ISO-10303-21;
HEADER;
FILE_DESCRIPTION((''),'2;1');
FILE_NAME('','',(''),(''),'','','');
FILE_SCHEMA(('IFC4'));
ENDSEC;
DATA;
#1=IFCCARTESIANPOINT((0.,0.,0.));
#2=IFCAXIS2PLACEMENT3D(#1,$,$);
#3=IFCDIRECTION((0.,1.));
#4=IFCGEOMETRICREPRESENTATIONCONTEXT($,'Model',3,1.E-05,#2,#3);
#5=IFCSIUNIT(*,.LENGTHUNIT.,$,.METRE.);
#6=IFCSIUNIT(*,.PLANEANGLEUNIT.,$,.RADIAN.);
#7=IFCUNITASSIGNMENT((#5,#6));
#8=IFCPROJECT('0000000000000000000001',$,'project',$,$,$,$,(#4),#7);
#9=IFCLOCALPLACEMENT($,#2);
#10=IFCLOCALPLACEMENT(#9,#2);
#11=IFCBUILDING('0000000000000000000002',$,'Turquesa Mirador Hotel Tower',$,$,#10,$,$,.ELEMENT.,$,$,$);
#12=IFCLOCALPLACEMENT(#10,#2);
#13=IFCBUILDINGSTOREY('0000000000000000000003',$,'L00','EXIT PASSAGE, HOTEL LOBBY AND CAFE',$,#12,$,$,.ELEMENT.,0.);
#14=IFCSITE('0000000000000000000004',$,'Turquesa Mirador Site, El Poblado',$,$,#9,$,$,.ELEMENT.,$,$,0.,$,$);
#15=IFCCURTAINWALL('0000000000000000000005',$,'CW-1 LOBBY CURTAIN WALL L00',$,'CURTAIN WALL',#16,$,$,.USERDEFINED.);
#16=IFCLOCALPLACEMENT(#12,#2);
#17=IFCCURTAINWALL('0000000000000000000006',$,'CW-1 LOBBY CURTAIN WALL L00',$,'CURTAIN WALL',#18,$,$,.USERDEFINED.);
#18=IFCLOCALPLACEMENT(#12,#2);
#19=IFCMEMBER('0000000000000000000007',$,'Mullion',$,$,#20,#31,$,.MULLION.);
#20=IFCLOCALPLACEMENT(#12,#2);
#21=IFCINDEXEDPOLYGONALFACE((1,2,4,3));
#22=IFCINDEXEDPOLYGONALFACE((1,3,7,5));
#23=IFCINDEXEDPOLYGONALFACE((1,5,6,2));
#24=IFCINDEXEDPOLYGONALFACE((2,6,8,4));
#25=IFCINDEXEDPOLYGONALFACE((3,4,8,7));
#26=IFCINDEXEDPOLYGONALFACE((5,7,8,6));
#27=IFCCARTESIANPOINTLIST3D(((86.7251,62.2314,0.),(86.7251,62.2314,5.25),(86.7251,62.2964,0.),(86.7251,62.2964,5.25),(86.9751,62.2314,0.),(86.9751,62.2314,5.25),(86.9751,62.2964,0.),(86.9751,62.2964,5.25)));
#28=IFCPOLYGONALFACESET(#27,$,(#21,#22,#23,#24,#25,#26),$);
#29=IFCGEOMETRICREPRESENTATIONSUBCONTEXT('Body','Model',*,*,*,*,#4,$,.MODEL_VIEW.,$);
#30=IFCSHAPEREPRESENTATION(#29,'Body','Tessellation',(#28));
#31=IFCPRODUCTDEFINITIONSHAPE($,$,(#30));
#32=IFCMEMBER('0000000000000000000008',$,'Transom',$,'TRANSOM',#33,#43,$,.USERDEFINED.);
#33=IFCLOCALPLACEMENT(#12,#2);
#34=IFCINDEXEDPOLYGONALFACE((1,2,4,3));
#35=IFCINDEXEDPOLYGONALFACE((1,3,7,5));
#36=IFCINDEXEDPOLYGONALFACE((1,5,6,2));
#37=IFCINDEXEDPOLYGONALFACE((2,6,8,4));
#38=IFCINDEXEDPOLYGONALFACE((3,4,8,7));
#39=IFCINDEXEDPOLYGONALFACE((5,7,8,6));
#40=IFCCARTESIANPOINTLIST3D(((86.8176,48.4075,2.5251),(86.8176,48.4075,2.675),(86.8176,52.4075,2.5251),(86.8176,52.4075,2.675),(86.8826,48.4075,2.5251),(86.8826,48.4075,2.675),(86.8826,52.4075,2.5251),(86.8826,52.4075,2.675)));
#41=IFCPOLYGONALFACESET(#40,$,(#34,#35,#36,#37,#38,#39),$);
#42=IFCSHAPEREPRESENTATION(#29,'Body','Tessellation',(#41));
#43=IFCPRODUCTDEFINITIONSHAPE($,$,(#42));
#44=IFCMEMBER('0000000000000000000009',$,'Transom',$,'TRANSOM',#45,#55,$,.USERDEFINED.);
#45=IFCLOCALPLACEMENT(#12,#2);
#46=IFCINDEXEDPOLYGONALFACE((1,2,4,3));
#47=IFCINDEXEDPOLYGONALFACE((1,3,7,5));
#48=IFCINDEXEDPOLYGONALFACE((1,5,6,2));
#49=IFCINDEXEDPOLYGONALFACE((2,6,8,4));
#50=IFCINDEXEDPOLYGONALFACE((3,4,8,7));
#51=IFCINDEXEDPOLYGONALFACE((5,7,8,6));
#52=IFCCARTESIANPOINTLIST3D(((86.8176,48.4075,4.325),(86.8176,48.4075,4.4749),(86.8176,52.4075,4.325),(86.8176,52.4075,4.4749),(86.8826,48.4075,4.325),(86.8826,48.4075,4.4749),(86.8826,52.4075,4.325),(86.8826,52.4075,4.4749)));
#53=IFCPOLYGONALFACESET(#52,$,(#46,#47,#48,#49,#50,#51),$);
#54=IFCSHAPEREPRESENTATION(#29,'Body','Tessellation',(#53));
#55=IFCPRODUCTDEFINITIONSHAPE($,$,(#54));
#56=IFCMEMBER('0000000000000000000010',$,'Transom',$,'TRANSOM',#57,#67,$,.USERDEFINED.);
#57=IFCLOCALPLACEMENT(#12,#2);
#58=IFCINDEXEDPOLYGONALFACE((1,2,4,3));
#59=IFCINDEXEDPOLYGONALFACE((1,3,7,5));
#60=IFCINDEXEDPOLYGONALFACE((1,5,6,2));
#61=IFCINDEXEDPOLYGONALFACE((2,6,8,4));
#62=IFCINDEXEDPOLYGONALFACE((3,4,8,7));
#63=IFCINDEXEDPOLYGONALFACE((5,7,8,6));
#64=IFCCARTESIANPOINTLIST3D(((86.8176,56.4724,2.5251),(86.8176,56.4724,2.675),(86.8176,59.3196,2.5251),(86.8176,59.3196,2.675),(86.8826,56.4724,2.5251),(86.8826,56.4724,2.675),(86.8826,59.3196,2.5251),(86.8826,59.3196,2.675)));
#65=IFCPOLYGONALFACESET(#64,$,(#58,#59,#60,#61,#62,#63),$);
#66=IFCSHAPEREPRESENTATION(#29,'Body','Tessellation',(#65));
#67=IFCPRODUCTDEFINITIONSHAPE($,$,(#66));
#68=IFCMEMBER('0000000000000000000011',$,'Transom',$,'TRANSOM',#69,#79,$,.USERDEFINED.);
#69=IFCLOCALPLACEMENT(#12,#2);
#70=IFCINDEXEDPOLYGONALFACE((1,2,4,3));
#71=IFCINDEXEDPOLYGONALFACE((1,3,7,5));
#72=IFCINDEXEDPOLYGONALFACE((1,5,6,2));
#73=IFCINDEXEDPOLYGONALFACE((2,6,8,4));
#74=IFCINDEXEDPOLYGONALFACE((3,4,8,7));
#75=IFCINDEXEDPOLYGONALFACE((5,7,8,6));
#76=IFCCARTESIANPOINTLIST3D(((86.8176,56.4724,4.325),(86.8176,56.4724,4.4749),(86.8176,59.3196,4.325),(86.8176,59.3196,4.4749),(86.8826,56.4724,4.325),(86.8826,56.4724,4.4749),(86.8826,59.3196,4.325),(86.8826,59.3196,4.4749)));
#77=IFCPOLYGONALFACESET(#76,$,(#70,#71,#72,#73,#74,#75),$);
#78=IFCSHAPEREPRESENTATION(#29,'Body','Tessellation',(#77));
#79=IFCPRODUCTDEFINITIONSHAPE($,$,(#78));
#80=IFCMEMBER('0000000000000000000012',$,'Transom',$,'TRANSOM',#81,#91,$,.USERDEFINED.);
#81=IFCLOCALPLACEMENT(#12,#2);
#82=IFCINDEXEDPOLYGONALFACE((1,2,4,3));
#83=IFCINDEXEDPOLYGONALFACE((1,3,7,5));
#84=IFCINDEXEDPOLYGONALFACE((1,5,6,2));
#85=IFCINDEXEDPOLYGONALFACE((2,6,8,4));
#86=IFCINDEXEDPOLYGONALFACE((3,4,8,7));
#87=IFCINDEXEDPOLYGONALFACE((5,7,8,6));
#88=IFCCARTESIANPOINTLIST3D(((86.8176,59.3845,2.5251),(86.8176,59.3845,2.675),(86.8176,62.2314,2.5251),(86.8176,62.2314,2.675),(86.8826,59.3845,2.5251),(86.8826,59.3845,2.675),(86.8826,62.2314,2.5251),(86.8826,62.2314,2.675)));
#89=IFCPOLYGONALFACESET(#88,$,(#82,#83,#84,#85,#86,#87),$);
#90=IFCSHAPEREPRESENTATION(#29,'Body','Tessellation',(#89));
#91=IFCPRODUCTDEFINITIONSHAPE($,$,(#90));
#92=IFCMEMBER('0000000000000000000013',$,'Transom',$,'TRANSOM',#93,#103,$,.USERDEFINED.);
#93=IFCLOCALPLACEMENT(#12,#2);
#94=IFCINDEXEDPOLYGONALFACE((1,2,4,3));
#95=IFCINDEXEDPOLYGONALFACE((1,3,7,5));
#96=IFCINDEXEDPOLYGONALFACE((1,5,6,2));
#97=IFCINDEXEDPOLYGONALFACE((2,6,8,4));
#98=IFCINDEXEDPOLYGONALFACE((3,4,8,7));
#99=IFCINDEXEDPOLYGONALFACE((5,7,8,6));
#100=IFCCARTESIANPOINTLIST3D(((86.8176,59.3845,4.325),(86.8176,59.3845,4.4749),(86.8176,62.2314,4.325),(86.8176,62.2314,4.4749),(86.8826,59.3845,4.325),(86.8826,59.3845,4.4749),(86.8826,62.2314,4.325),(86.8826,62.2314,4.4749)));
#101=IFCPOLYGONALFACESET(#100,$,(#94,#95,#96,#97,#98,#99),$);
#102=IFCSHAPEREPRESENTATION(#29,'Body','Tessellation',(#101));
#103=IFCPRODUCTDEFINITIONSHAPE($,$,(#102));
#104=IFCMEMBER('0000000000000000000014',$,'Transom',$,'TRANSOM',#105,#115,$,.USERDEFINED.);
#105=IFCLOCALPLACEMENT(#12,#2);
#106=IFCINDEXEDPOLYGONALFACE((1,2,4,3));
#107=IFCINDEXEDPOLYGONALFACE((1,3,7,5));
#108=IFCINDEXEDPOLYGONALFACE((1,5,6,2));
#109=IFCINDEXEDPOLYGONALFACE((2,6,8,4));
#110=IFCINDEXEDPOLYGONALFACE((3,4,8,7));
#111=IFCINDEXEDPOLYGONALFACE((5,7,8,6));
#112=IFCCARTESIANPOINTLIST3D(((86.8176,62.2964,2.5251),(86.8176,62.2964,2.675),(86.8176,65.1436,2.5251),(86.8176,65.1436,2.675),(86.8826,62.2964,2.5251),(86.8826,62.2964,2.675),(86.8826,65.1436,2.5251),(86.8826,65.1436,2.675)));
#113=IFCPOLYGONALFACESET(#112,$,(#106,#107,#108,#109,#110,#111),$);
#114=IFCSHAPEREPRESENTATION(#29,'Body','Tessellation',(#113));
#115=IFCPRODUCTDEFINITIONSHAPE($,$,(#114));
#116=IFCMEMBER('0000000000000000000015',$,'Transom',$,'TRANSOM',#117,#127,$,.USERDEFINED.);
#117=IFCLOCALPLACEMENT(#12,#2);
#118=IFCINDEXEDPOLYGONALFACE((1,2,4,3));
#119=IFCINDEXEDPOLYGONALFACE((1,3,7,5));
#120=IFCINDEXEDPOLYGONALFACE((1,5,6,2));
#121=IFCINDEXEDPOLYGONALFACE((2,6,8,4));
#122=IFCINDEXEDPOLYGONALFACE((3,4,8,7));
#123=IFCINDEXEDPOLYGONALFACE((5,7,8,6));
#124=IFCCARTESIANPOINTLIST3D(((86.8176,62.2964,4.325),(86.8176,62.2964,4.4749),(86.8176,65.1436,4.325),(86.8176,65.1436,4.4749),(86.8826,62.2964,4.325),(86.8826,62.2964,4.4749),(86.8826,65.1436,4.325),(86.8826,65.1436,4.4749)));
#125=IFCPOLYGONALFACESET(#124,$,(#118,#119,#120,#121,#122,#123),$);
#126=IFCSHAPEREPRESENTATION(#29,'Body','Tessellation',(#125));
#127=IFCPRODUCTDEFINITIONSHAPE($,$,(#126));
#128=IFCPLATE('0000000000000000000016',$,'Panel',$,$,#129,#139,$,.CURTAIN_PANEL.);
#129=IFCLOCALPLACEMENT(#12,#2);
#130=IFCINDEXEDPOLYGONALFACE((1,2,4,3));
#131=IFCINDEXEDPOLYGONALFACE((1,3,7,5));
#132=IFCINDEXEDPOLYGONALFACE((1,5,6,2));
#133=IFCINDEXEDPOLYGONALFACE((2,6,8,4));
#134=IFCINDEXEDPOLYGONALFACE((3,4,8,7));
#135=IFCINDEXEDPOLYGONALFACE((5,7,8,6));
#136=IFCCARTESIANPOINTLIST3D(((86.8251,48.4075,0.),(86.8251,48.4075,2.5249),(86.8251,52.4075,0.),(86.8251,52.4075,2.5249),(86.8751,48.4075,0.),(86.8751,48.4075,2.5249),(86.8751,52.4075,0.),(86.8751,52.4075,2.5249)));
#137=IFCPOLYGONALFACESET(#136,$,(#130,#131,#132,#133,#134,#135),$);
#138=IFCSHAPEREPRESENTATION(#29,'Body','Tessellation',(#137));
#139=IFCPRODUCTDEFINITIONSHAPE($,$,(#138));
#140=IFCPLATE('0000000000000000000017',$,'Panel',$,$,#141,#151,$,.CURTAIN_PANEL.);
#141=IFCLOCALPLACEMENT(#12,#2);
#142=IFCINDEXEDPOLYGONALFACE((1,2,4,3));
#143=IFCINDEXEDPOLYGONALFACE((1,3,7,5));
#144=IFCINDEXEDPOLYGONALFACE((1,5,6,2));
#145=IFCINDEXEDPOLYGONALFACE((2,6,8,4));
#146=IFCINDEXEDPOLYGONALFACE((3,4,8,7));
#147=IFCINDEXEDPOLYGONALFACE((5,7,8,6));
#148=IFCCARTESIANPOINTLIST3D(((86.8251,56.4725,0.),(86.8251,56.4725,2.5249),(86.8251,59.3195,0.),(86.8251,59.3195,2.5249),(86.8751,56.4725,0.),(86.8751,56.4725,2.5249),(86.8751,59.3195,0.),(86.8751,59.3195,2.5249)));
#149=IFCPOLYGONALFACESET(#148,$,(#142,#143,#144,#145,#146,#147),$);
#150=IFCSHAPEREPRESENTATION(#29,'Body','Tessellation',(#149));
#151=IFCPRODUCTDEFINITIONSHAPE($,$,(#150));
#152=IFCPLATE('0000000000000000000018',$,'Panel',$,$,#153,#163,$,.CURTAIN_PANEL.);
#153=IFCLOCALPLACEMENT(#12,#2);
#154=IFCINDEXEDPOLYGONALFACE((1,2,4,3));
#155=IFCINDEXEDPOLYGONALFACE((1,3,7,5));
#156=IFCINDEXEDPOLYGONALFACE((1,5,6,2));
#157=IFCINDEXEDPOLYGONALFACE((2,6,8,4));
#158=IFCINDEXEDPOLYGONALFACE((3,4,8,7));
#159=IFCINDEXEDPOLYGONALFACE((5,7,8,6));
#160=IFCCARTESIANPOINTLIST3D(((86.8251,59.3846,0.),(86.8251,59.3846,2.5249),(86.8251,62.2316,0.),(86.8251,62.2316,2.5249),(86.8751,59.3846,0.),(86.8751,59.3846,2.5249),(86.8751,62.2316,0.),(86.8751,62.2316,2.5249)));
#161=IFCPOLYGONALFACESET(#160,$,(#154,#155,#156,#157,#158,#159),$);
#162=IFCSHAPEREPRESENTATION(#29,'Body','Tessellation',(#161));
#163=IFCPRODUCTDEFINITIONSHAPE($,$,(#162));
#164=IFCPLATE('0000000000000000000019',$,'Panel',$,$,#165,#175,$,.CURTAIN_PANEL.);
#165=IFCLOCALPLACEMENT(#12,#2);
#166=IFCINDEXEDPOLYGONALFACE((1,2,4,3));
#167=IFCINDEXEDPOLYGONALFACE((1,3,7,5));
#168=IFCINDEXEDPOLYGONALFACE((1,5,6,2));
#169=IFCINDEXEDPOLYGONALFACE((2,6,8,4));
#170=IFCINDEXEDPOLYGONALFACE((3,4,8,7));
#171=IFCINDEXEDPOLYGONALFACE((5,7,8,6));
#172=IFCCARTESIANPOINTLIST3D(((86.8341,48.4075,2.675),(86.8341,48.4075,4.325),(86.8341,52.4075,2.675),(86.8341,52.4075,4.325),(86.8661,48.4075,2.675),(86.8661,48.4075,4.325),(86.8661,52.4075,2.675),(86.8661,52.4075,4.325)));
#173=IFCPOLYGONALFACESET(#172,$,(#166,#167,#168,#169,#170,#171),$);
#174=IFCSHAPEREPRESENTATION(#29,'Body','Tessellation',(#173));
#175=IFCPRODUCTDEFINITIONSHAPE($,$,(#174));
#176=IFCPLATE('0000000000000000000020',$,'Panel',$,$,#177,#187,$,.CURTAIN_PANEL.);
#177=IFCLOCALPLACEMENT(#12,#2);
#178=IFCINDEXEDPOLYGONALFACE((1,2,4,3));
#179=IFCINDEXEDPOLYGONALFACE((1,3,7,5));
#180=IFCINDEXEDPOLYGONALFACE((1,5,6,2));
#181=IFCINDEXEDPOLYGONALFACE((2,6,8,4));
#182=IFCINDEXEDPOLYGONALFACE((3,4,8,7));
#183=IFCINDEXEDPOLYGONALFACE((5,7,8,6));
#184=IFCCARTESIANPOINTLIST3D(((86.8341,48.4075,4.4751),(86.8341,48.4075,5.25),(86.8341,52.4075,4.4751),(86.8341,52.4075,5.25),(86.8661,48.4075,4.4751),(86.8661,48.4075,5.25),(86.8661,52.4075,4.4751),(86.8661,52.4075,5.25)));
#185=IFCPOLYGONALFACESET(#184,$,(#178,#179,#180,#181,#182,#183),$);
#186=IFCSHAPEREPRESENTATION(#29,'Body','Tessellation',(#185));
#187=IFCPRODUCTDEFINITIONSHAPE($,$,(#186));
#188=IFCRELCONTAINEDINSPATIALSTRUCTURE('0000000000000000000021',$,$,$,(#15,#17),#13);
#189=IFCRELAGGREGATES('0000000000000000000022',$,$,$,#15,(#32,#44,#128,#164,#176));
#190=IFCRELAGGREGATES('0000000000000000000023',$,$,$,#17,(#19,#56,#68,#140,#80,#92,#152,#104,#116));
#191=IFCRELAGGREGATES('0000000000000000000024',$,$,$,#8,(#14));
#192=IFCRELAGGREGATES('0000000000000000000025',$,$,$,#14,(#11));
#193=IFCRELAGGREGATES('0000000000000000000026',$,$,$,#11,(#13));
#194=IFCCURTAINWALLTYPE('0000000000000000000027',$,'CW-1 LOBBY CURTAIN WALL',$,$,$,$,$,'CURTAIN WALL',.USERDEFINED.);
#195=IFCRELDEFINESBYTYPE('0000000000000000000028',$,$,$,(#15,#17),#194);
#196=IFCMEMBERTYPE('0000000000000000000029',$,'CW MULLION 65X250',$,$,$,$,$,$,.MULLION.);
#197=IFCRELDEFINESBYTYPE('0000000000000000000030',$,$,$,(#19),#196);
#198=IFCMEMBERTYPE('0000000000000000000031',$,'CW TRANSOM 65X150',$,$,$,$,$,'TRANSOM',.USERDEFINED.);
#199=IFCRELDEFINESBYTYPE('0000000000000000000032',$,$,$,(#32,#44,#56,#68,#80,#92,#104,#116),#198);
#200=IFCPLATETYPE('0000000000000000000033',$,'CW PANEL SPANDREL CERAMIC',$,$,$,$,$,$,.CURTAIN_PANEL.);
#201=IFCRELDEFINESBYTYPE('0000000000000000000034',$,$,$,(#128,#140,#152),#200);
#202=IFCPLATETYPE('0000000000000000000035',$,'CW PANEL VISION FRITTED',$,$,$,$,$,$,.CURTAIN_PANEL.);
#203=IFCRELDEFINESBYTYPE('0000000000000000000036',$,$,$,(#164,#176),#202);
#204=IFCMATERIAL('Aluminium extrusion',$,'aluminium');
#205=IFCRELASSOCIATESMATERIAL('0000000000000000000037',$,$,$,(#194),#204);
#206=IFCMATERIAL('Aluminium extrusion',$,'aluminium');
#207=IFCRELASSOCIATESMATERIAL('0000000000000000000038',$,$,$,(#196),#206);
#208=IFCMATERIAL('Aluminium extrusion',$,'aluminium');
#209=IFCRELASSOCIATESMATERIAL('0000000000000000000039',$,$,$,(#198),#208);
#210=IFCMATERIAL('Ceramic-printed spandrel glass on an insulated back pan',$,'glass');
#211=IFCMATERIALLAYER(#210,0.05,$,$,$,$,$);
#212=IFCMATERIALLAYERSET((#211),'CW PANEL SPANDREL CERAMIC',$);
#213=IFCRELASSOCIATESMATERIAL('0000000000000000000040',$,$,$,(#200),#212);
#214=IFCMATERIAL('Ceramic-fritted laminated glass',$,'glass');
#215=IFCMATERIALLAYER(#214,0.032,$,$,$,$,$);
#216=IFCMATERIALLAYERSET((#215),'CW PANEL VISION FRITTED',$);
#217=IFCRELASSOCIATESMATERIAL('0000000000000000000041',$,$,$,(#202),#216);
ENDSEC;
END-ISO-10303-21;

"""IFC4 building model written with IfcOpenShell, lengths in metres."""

from ifc_helpers import new_model, si_unit, direction, frame, origin, origin_2d, place, context, subcontext, project, spatial, rectangle, extrude, material, layer, layer_set, material_profile, profile_set, type_object, element, aggregate, save


model = new_model("IFC4")

# Units and contexts
model_context = context("Model", 3, precision=1e-05, world=origin(), true_north=direction((0.0, 1.0)))
body_context = subcontext(model_context, "Body", "Model", "MODEL_VIEW")
ifc_project = project(units=[si_unit("LENGTHUNIT", "METRE"), si_unit("PLANEANGLEUNIT", "RADIAN")], contexts=[model_context])

# Site, building, storey
site_placement = place(None, origin())
site = spatial("IfcSite", under=ifc_project, at=site_placement, Name="Turquesa Mirador Site, El Poblado", CompositionType="ELEMENT", RefElevation=0.0)
building_placement = place(site_placement, origin())
building = spatial("IfcBuilding", under=site, at=building_placement, Name="Turquesa Mirador Hotel Tower", CompositionType="ELEMENT")
storey_placement = place(building_placement, origin())
storey = spatial("IfcBuildingStorey", under=building, at=storey_placement, Name="L00", Description="EXIT PASSAGE, HOTEL LOBBY AND CAFE", CompositionType="ELEMENT", Elevation=0.0)

# Shared definitions
ifc_material_1 = material(Name="Aluminium extrusion", Category="aluminium")
curtain_wall_type = type_object("IfcCurtainWallType", Name="CW-1 LOBBY CURTAIN WALL", ElementType="CURTAIN WALL", PredefinedType="USERDEFINED", material=ifc_material_1)
ifc_material_2 = material(Name="Aluminium extrusion", Category="aluminium")
ifc_material_profile_1 = material_profile(ifc_material_2, rectangle(XDim=0.0649, YDim=0.25, at=origin_2d()), Name="MULLION 65X250")
ifc_profile_set_1 = profile_set([ifc_material_profile_1], Name="Aluminium extrusion")
member_type_1 = type_object("IfcMemberType", Name="CW MULLION 65X250", PredefinedType="MULLION", material=ifc_profile_set_1)

# Curtain walls, member
curtain_wall_1_placement = place(storey_placement, origin())
curtain_wall_1 = element("IfcCurtainWall", 1, at=curtain_wall_1_placement, inside=storey, type_object=curtain_wall_type, Name="CW-1 LOBBY CURTAIN WALL L00", ObjectType="CURTAIN WALL", PredefinedType="USERDEFINED")
curtain_wall_2_placement = place(storey_placement, origin())
curtain_wall_2 = element("IfcCurtainWall", 2, at=curtain_wall_2_placement, inside=storey, type_object=curtain_wall_type, Name="CW-1 LOBBY CURTAIN WALL L00", ObjectType="CURTAIN WALL", PredefinedType="USERDEFINED")
member_1_placement = place(storey_placement, frame((86.8501, 62.2639, 0.0), z_axis=(0.0, 0.0, 1.0), x_axis=(0.0, 1.0, 0.0)))
member_1 = element("IfcMember", 3, at=member_1_placement, type_object=member_type_1, Name="Mullion", PredefinedType="MULLION", context=body_context, shape_type="SweptSolid", body=[
    extrude(rectangle(XDim=0.0649, YDim=0.25, at=origin_2d()), origin(), (0.0, 0.0, 1.0), 5.25),
])

# Members
ifc_material_3 = material(Name="Aluminium extrusion", Category="aluminium")
ifc_material_profile_2 = material_profile(ifc_material_3, rectangle(XDim=0.0649, YDim=0.1499, at=origin_2d()), Name="TRANSOM 65X150")
ifc_profile_set_2 = profile_set([ifc_material_profile_2], Name="Aluminium extrusion")
member_type_2 = type_object("IfcMemberType", Name="CW TRANSOM 65X150", ElementType="TRANSOM", PredefinedType="USERDEFINED", material=ifc_profile_set_2)
member_2_placement = place(storey_placement, frame((86.8501, 48.4075, 2.6001), z_axis=(0.0, 1.0, 0.0), x_axis=(-1.0, 0.0, 0.0)))
member_2 = element("IfcMember", 4, at=member_2_placement, type_object=member_type_2, Name="Transom", ObjectType="TRANSOM", PredefinedType="USERDEFINED", context=body_context, shape_type="SweptSolid", body=[
    extrude(rectangle(XDim=0.0649, YDim=0.1499, at=origin_2d()), origin(), (0.0, 0.0, 1.0), 4.0),
])
member_3_placement = place(storey_placement, frame((86.8501, 48.4075, 4.3999), z_axis=(0.0, 1.0, 0.0), x_axis=(-1.0, 0.0, 0.0)))
member_3 = element("IfcMember", 5, at=member_3_placement, type_object=member_type_2, Name="Transom", ObjectType="TRANSOM", PredefinedType="USERDEFINED", context=body_context, shape_type="SweptSolid", body=[
    extrude(rectangle(XDim=0.0649, YDim=0.1499, at=origin_2d()), origin(), (0.0, 0.0, 1.0), 4.0),
])
member_4_placement = place(storey_placement, frame((86.8501, 56.4724, 2.6001), z_axis=(0.0, 1.0, 0.0), x_axis=(-1.0, 0.0, 0.0)))
member_4 = element("IfcMember", 6, at=member_4_placement, type_object=member_type_2, Name="Transom", ObjectType="TRANSOM", PredefinedType="USERDEFINED", context=body_context, shape_type="SweptSolid", body=[
    extrude(rectangle(XDim=0.0649, YDim=0.1499, at=origin_2d()), origin(), (0.0, 0.0, 1.0), 2.8472),
])
member_5_placement = place(storey_placement, frame((86.8501, 56.4724, 4.3999), z_axis=(0.0, 1.0, 0.0), x_axis=(-1.0, 0.0, 0.0)))
member_5 = element("IfcMember", 7, at=member_5_placement, type_object=member_type_2, Name="Transom", ObjectType="TRANSOM", PredefinedType="USERDEFINED", context=body_context, shape_type="SweptSolid", body=[
    extrude(rectangle(XDim=0.0649, YDim=0.1499, at=origin_2d()), origin(), (0.0, 0.0, 1.0), 2.8472),
])
member_6_placement = place(storey_placement, frame((86.8501, 59.3845, 2.6001), z_axis=(0.0, 1.0, 0.0), x_axis=(-1.0, 0.0, 0.0)))
member_6 = element("IfcMember", 8, at=member_6_placement, type_object=member_type_2, Name="Transom", ObjectType="TRANSOM", PredefinedType="USERDEFINED", context=body_context, shape_type="SweptSolid", body=[
    extrude(rectangle(XDim=0.0649, YDim=0.1499, at=origin_2d()), origin(), (0.0, 0.0, 1.0), 2.8469),
])
member_7_placement = place(storey_placement, frame((86.8501, 59.3845, 4.3999), z_axis=(0.0, 1.0, 0.0), x_axis=(-1.0, 0.0, 0.0)))
member_7 = element("IfcMember", 9, at=member_7_placement, type_object=member_type_2, Name="Transom", ObjectType="TRANSOM", PredefinedType="USERDEFINED", context=body_context, shape_type="SweptSolid", body=[
    extrude(rectangle(XDim=0.0649, YDim=0.1499, at=origin_2d()), origin(), (0.0, 0.0, 1.0), 2.8469),
])
member_8_placement = place(storey_placement, frame((86.8501, 62.2964, 2.6001), z_axis=(0.0, 1.0, 0.0), x_axis=(-1.0, 0.0, 0.0)))
member_8 = element("IfcMember", 10, at=member_8_placement, type_object=member_type_2, Name="Transom", ObjectType="TRANSOM", PredefinedType="USERDEFINED", context=body_context, shape_type="SweptSolid", body=[
    extrude(rectangle(XDim=0.0649, YDim=0.1499, at=origin_2d()), origin(), (0.0, 0.0, 1.0), 2.8472),
])
member_9_placement = place(storey_placement, frame((86.8501, 62.2964, 4.3999), z_axis=(0.0, 1.0, 0.0), x_axis=(-1.0, 0.0, 0.0)))
member_9 = element("IfcMember", 11, at=member_9_placement, type_object=member_type_2, Name="Transom", ObjectType="TRANSOM", PredefinedType="USERDEFINED", context=body_context, shape_type="SweptSolid", body=[
    extrude(rectangle(XDim=0.0649, YDim=0.1499, at=origin_2d()), origin(), (0.0, 0.0, 1.0), 2.8472),
])

# Plates
ifc_material_4 = material(Name="Ceramic-printed spandrel glass on an insulated back pan", Category="glass")
ifc_layer_1 = layer(ifc_material_4, 0.05)
ifc_layer_set_1 = layer_set([ifc_layer_1], Name="CW PANEL SPANDREL CERAMIC")
plate_type_1 = type_object("IfcPlateType", Name="CW PANEL SPANDREL CERAMIC", PredefinedType="CURTAIN_PANEL", material=ifc_layer_set_1)
plate_1_placement = place(storey_placement, frame((86.8501, 50.4075, 0.0), z_axis=(0.0, 0.0, 1.0), x_axis=(0.0, 1.0, 0.0)))
plate_1 = element("IfcPlate", 12, at=plate_1_placement, type_object=plate_type_1, Name="Panel", PredefinedType="CURTAIN_PANEL", context=body_context, shape_type="SweptSolid", body=[
    extrude(rectangle(XDim=4.0, YDim=0.05, at=origin_2d()), origin(), (0.0, 0.0, 1.0), 2.5249),
])
plate_2_placement = place(storey_placement, frame((86.8501, 57.896, 0.0), z_axis=(0.0, 0.0, 1.0), x_axis=(0.0, 1.0, 0.0)))
plate_2 = element("IfcPlate", 13, at=plate_2_placement, type_object=plate_type_1, Name="Panel", PredefinedType="CURTAIN_PANEL", context=body_context, shape_type="SweptSolid", body=[
    extrude(rectangle(XDim=2.8469, YDim=0.05, at=origin_2d()), origin(), (0.0, 0.0, 1.0), 2.5249),
])
plate_3_placement = place(storey_placement, frame((86.8501, 60.8081, 0.0), z_axis=(0.0, 0.0, 1.0), x_axis=(0.0, 1.0, 0.0)))
plate_3 = element("IfcPlate", 14, at=plate_3_placement, type_object=plate_type_1, Name="Panel", PredefinedType="CURTAIN_PANEL", context=body_context, shape_type="SweptSolid", body=[
    extrude(rectangle(XDim=2.8469, YDim=0.05, at=origin_2d()), origin(), (0.0, 0.0, 1.0), 2.5249),
])
ifc_material_5 = material(Name="Ceramic-fritted laminated glass", Category="glass")
ifc_layer_2 = layer(ifc_material_5, 0.032)
ifc_layer_set_2 = layer_set([ifc_layer_2], Name="CW PANEL VISION FRITTED")
plate_type_2 = type_object("IfcPlateType", Name="CW PANEL VISION FRITTED", PredefinedType="CURTAIN_PANEL", material=ifc_layer_set_2)
plate_4_placement = place(storey_placement, frame((86.8501, 50.4075, 2.675), z_axis=(0.0, 0.0, 1.0), x_axis=(0.0, 1.0, 0.0)))
plate_4 = element("IfcPlate", 15, at=plate_4_placement, type_object=plate_type_2, Name="Panel", PredefinedType="CURTAIN_PANEL", context=body_context, shape_type="SweptSolid", body=[
    extrude(rectangle(XDim=4.0, YDim=0.032, at=origin_2d()), origin(), (0.0, 0.0, 1.0), 1.6499),
])
plate_5_placement = place(storey_placement, frame((86.8501, 50.4075, 4.4751), z_axis=(0.0, 0.0, 1.0), x_axis=(0.0, 1.0, 0.0)))
plate_5 = element("IfcPlate", 16, at=plate_5_placement, type_object=plate_type_2, Name="Panel", PredefinedType="CURTAIN_PANEL", context=body_context, shape_type="SweptSolid", body=[
    extrude(rectangle(XDim=4.0, YDim=0.032, at=origin_2d()), origin(), (0.0, 0.0, 1.0), 0.7749),
])
aggregate(curtain_wall_1, [member_2, member_3, plate_1, plate_4, plate_5])
aggregate(curtain_wall_2, [member_1, member_4, member_5, plate_2, member_6, member_7, plate_3, member_8, member_9])

save(model, "model.ifc")
